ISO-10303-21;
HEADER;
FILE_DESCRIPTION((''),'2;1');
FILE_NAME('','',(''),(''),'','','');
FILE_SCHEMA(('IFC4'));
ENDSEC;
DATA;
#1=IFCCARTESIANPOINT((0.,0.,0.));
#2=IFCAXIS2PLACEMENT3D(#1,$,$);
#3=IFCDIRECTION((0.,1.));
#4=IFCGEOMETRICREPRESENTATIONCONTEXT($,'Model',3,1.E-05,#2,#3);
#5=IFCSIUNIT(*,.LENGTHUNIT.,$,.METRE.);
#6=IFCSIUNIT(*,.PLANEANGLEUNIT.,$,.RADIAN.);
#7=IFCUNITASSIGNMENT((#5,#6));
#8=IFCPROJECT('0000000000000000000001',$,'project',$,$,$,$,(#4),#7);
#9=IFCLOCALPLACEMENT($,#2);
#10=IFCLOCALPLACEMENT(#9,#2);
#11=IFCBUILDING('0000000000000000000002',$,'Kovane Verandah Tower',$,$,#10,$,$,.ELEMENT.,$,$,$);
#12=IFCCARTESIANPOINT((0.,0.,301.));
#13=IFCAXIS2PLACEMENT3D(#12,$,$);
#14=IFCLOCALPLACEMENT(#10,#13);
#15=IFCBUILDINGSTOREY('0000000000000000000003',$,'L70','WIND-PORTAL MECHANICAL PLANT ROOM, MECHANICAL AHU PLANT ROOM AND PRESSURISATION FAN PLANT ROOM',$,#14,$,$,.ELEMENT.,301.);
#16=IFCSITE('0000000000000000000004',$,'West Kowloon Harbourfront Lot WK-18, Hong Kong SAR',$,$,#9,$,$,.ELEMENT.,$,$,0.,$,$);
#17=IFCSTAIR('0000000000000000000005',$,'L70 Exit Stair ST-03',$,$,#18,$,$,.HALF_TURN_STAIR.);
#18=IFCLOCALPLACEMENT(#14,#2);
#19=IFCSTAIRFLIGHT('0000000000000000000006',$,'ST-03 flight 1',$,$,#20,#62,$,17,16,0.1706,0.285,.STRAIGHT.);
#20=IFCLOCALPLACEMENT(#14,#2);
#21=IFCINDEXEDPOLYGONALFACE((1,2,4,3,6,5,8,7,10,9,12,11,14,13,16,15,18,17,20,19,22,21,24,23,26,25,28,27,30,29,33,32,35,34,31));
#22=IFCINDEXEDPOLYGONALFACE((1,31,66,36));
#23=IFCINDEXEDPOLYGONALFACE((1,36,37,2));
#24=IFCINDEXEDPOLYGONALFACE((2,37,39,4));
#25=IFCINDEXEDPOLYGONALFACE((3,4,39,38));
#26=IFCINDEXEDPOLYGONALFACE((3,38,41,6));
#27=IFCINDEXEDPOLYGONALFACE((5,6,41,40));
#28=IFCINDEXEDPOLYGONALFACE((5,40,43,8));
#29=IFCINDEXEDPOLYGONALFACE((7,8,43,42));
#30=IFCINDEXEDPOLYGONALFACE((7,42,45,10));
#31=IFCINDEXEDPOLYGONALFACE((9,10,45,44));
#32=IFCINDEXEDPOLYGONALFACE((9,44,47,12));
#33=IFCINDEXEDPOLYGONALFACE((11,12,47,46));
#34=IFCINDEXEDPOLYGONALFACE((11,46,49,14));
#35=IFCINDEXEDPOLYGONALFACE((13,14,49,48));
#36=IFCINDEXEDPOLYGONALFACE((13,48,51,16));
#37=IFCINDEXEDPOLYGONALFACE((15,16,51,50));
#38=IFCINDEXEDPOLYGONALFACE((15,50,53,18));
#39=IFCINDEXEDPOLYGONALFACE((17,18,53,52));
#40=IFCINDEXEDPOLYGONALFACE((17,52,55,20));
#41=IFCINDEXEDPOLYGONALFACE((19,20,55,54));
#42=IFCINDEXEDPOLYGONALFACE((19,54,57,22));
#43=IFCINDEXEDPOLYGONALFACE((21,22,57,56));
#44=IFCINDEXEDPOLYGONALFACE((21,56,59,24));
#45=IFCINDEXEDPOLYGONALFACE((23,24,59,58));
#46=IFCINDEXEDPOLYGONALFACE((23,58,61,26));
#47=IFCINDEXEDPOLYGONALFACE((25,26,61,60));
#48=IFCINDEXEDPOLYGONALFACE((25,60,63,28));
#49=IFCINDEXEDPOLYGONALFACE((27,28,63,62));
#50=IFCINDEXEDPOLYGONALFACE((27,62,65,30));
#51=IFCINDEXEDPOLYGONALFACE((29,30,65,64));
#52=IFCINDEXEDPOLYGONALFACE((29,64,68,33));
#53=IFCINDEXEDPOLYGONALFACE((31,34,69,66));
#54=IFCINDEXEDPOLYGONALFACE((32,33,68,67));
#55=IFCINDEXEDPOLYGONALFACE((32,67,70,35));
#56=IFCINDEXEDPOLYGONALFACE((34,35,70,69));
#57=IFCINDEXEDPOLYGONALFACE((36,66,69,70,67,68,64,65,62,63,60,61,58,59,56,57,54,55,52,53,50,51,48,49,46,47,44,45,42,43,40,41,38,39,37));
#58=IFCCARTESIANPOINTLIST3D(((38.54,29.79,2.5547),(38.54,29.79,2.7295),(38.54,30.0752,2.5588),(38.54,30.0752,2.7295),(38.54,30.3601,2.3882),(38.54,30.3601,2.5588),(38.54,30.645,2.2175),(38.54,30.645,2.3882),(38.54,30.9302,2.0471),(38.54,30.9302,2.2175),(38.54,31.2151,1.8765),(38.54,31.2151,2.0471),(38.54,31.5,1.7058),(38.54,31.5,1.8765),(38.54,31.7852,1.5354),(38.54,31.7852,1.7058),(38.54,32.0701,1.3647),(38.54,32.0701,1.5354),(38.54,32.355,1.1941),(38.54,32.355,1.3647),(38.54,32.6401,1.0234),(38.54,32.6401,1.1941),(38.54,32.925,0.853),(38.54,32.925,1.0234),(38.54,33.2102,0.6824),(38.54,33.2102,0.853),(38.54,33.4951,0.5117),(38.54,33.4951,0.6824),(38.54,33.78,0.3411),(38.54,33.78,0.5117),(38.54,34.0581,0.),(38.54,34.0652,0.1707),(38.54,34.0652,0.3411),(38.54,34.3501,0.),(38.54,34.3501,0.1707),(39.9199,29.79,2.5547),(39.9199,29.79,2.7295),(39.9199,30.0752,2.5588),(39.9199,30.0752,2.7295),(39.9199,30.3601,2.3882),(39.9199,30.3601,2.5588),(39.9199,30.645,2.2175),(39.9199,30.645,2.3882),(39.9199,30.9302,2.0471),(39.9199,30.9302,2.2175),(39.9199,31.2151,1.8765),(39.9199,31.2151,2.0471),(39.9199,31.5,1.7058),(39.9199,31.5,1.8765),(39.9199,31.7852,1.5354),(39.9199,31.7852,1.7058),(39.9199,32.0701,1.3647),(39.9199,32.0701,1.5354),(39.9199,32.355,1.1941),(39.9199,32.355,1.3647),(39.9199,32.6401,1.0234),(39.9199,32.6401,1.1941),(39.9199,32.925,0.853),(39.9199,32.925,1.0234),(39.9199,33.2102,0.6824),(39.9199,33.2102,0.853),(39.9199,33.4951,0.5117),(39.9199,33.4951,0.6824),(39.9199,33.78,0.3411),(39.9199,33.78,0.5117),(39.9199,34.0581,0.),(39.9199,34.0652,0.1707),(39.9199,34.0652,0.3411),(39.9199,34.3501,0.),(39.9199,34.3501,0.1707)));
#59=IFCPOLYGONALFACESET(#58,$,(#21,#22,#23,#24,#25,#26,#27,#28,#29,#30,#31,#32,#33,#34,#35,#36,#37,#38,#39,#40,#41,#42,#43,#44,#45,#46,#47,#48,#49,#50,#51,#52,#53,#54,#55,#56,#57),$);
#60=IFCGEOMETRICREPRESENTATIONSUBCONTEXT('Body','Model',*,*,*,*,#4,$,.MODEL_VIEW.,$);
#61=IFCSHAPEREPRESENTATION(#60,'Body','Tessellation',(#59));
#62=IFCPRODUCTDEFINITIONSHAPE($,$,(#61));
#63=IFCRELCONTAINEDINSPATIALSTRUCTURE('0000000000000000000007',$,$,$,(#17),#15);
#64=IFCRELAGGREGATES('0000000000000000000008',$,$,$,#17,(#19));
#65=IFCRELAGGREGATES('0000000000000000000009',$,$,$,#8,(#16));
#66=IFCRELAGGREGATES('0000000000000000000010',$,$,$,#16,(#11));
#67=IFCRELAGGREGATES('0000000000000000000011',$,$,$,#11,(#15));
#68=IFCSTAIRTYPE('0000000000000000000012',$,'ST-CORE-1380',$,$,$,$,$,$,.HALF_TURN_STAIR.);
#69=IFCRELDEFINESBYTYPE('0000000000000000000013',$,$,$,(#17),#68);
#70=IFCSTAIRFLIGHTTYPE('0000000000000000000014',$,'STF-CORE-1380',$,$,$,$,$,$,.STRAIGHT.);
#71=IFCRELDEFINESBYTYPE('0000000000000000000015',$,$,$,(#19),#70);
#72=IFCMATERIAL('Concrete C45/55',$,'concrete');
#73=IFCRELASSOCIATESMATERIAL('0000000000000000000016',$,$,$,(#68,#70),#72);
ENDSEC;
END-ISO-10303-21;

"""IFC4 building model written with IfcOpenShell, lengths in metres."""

from ifc_helpers import new_model, si_unit, direction, frame, origin, place, context, subcontext, project, spatial, polyline, outline, extrude, material, type_object, element, aggregate, save


model = new_model("IFC4")

# Units and contexts
model_context = context("Model", 3, precision=1e-05, world=origin(), true_north=direction((0.0, 1.0)))
body_context = subcontext(model_context, "Body", "Model", "MODEL_VIEW")
ifc_project = project(units=[si_unit("LENGTHUNIT", "METRE"), si_unit("PLANEANGLEUNIT", "RADIAN")], contexts=[model_context])

# Site, building, storey
site_placement = place(None, origin())
site = spatial("IfcSite", under=ifc_project, at=site_placement, Name="West Kowloon Harbourfront Lot WK-18, Hong Kong SAR", CompositionType="ELEMENT", RefElevation=0.0)
building_placement = place(site_placement, origin())
building = spatial("IfcBuilding", under=site, at=building_placement, Name="Kovane Verandah Tower", CompositionType="ELEMENT")
storey_placement = place(building_placement, frame((0.0, 0.0, 301.0)))
storey = spatial("IfcBuildingStorey", under=building, at=storey_placement, Name="L70", Description="WIND-PORTAL MECHANICAL PLANT ROOM, MECHANICAL AHU PLANT ROOM AND PRESSURISATION FAN PLANT ROOM", CompositionType="ELEMENT", Elevation=301.0)

# Shared definitions
ifc_material_1 = material(Name="Concrete C45/55", Category="concrete")

# Stair, stair flight
stair_type = type_object("IfcStairType", Name="ST-CORE-1380", PredefinedType="HALF_TURN_STAIR", material=ifc_material_1)
stair_placement = place(storey_placement, origin())
stair = element("IfcStair", 1, at=stair_placement, inside=storey, type_object=stair_type, Name="L70 Exit Stair ST-03", PredefinedType="HALF_TURN_STAIR")
stair_flight_type = type_object("IfcStairFlightType", Name="STF-CORE-1380", PredefinedType="STRAIGHT", material=ifc_material_1)
stair_flight_placement = place(storey_placement, frame((39.23, 34.3501, 0.0), z_axis=(0.0, 0.0, 1.0), x_axis=(0.0, -1.0, 0.0)))
stair_flight = element("IfcStairFlight", 2, at=stair_flight_placement, type_object=stair_flight_type, Name="ST-03 flight 1", NumberOfRisers=17, NumberOfTreads=16, PredefinedType="STRAIGHT", RiserHeight=0.1706, TreadLength=0.285, context=body_context, shape_type="SweptSolid", body=[
    extrude(outline(polyline([(0.0, 0.0), (0.0, 0.1707), (0.2849, 0.1707), (0.2849, 0.3411), (0.5701, 0.3411), (0.5701, 0.5117), (0.855, 0.5117), (0.855, 0.6824), (1.1399, 0.6824), (1.1399, 0.853), (1.425, 0.853), (1.425, 1.0234), (1.71, 1.0234), (1.71, 1.1941), (1.9951, 1.1941), (1.9951, 1.3647), (2.28, 1.3647), (2.28, 1.5354), (2.5649, 1.5354), (2.5649, 1.7058), (2.8501, 1.7058), (2.8501, 1.8765), (3.135, 1.8765), (3.135, 2.0471), (3.4199, 2.0471), (3.4199, 2.2175), (3.7051, 2.2175), (3.7051, 2.3882), (3.99, 2.3882), (3.99, 2.5588), (4.2749, 2.5588), (4.2749, 2.7295), (4.5601, 2.7295), (4.5601, 2.8999), (4.5601, 2.5547), (0.292, 0.0), (0.0, 0.0)])), frame((0.0, 0.6899, 0.0), z_axis=(0.0, -1.0, 0.0), x_axis=(1.0, 0.0, 0.0)), (0.0, 0.0, 1.0), 1.3799),
])
aggregate(stair, [stair_flight])

save(model, "model.ifc")
